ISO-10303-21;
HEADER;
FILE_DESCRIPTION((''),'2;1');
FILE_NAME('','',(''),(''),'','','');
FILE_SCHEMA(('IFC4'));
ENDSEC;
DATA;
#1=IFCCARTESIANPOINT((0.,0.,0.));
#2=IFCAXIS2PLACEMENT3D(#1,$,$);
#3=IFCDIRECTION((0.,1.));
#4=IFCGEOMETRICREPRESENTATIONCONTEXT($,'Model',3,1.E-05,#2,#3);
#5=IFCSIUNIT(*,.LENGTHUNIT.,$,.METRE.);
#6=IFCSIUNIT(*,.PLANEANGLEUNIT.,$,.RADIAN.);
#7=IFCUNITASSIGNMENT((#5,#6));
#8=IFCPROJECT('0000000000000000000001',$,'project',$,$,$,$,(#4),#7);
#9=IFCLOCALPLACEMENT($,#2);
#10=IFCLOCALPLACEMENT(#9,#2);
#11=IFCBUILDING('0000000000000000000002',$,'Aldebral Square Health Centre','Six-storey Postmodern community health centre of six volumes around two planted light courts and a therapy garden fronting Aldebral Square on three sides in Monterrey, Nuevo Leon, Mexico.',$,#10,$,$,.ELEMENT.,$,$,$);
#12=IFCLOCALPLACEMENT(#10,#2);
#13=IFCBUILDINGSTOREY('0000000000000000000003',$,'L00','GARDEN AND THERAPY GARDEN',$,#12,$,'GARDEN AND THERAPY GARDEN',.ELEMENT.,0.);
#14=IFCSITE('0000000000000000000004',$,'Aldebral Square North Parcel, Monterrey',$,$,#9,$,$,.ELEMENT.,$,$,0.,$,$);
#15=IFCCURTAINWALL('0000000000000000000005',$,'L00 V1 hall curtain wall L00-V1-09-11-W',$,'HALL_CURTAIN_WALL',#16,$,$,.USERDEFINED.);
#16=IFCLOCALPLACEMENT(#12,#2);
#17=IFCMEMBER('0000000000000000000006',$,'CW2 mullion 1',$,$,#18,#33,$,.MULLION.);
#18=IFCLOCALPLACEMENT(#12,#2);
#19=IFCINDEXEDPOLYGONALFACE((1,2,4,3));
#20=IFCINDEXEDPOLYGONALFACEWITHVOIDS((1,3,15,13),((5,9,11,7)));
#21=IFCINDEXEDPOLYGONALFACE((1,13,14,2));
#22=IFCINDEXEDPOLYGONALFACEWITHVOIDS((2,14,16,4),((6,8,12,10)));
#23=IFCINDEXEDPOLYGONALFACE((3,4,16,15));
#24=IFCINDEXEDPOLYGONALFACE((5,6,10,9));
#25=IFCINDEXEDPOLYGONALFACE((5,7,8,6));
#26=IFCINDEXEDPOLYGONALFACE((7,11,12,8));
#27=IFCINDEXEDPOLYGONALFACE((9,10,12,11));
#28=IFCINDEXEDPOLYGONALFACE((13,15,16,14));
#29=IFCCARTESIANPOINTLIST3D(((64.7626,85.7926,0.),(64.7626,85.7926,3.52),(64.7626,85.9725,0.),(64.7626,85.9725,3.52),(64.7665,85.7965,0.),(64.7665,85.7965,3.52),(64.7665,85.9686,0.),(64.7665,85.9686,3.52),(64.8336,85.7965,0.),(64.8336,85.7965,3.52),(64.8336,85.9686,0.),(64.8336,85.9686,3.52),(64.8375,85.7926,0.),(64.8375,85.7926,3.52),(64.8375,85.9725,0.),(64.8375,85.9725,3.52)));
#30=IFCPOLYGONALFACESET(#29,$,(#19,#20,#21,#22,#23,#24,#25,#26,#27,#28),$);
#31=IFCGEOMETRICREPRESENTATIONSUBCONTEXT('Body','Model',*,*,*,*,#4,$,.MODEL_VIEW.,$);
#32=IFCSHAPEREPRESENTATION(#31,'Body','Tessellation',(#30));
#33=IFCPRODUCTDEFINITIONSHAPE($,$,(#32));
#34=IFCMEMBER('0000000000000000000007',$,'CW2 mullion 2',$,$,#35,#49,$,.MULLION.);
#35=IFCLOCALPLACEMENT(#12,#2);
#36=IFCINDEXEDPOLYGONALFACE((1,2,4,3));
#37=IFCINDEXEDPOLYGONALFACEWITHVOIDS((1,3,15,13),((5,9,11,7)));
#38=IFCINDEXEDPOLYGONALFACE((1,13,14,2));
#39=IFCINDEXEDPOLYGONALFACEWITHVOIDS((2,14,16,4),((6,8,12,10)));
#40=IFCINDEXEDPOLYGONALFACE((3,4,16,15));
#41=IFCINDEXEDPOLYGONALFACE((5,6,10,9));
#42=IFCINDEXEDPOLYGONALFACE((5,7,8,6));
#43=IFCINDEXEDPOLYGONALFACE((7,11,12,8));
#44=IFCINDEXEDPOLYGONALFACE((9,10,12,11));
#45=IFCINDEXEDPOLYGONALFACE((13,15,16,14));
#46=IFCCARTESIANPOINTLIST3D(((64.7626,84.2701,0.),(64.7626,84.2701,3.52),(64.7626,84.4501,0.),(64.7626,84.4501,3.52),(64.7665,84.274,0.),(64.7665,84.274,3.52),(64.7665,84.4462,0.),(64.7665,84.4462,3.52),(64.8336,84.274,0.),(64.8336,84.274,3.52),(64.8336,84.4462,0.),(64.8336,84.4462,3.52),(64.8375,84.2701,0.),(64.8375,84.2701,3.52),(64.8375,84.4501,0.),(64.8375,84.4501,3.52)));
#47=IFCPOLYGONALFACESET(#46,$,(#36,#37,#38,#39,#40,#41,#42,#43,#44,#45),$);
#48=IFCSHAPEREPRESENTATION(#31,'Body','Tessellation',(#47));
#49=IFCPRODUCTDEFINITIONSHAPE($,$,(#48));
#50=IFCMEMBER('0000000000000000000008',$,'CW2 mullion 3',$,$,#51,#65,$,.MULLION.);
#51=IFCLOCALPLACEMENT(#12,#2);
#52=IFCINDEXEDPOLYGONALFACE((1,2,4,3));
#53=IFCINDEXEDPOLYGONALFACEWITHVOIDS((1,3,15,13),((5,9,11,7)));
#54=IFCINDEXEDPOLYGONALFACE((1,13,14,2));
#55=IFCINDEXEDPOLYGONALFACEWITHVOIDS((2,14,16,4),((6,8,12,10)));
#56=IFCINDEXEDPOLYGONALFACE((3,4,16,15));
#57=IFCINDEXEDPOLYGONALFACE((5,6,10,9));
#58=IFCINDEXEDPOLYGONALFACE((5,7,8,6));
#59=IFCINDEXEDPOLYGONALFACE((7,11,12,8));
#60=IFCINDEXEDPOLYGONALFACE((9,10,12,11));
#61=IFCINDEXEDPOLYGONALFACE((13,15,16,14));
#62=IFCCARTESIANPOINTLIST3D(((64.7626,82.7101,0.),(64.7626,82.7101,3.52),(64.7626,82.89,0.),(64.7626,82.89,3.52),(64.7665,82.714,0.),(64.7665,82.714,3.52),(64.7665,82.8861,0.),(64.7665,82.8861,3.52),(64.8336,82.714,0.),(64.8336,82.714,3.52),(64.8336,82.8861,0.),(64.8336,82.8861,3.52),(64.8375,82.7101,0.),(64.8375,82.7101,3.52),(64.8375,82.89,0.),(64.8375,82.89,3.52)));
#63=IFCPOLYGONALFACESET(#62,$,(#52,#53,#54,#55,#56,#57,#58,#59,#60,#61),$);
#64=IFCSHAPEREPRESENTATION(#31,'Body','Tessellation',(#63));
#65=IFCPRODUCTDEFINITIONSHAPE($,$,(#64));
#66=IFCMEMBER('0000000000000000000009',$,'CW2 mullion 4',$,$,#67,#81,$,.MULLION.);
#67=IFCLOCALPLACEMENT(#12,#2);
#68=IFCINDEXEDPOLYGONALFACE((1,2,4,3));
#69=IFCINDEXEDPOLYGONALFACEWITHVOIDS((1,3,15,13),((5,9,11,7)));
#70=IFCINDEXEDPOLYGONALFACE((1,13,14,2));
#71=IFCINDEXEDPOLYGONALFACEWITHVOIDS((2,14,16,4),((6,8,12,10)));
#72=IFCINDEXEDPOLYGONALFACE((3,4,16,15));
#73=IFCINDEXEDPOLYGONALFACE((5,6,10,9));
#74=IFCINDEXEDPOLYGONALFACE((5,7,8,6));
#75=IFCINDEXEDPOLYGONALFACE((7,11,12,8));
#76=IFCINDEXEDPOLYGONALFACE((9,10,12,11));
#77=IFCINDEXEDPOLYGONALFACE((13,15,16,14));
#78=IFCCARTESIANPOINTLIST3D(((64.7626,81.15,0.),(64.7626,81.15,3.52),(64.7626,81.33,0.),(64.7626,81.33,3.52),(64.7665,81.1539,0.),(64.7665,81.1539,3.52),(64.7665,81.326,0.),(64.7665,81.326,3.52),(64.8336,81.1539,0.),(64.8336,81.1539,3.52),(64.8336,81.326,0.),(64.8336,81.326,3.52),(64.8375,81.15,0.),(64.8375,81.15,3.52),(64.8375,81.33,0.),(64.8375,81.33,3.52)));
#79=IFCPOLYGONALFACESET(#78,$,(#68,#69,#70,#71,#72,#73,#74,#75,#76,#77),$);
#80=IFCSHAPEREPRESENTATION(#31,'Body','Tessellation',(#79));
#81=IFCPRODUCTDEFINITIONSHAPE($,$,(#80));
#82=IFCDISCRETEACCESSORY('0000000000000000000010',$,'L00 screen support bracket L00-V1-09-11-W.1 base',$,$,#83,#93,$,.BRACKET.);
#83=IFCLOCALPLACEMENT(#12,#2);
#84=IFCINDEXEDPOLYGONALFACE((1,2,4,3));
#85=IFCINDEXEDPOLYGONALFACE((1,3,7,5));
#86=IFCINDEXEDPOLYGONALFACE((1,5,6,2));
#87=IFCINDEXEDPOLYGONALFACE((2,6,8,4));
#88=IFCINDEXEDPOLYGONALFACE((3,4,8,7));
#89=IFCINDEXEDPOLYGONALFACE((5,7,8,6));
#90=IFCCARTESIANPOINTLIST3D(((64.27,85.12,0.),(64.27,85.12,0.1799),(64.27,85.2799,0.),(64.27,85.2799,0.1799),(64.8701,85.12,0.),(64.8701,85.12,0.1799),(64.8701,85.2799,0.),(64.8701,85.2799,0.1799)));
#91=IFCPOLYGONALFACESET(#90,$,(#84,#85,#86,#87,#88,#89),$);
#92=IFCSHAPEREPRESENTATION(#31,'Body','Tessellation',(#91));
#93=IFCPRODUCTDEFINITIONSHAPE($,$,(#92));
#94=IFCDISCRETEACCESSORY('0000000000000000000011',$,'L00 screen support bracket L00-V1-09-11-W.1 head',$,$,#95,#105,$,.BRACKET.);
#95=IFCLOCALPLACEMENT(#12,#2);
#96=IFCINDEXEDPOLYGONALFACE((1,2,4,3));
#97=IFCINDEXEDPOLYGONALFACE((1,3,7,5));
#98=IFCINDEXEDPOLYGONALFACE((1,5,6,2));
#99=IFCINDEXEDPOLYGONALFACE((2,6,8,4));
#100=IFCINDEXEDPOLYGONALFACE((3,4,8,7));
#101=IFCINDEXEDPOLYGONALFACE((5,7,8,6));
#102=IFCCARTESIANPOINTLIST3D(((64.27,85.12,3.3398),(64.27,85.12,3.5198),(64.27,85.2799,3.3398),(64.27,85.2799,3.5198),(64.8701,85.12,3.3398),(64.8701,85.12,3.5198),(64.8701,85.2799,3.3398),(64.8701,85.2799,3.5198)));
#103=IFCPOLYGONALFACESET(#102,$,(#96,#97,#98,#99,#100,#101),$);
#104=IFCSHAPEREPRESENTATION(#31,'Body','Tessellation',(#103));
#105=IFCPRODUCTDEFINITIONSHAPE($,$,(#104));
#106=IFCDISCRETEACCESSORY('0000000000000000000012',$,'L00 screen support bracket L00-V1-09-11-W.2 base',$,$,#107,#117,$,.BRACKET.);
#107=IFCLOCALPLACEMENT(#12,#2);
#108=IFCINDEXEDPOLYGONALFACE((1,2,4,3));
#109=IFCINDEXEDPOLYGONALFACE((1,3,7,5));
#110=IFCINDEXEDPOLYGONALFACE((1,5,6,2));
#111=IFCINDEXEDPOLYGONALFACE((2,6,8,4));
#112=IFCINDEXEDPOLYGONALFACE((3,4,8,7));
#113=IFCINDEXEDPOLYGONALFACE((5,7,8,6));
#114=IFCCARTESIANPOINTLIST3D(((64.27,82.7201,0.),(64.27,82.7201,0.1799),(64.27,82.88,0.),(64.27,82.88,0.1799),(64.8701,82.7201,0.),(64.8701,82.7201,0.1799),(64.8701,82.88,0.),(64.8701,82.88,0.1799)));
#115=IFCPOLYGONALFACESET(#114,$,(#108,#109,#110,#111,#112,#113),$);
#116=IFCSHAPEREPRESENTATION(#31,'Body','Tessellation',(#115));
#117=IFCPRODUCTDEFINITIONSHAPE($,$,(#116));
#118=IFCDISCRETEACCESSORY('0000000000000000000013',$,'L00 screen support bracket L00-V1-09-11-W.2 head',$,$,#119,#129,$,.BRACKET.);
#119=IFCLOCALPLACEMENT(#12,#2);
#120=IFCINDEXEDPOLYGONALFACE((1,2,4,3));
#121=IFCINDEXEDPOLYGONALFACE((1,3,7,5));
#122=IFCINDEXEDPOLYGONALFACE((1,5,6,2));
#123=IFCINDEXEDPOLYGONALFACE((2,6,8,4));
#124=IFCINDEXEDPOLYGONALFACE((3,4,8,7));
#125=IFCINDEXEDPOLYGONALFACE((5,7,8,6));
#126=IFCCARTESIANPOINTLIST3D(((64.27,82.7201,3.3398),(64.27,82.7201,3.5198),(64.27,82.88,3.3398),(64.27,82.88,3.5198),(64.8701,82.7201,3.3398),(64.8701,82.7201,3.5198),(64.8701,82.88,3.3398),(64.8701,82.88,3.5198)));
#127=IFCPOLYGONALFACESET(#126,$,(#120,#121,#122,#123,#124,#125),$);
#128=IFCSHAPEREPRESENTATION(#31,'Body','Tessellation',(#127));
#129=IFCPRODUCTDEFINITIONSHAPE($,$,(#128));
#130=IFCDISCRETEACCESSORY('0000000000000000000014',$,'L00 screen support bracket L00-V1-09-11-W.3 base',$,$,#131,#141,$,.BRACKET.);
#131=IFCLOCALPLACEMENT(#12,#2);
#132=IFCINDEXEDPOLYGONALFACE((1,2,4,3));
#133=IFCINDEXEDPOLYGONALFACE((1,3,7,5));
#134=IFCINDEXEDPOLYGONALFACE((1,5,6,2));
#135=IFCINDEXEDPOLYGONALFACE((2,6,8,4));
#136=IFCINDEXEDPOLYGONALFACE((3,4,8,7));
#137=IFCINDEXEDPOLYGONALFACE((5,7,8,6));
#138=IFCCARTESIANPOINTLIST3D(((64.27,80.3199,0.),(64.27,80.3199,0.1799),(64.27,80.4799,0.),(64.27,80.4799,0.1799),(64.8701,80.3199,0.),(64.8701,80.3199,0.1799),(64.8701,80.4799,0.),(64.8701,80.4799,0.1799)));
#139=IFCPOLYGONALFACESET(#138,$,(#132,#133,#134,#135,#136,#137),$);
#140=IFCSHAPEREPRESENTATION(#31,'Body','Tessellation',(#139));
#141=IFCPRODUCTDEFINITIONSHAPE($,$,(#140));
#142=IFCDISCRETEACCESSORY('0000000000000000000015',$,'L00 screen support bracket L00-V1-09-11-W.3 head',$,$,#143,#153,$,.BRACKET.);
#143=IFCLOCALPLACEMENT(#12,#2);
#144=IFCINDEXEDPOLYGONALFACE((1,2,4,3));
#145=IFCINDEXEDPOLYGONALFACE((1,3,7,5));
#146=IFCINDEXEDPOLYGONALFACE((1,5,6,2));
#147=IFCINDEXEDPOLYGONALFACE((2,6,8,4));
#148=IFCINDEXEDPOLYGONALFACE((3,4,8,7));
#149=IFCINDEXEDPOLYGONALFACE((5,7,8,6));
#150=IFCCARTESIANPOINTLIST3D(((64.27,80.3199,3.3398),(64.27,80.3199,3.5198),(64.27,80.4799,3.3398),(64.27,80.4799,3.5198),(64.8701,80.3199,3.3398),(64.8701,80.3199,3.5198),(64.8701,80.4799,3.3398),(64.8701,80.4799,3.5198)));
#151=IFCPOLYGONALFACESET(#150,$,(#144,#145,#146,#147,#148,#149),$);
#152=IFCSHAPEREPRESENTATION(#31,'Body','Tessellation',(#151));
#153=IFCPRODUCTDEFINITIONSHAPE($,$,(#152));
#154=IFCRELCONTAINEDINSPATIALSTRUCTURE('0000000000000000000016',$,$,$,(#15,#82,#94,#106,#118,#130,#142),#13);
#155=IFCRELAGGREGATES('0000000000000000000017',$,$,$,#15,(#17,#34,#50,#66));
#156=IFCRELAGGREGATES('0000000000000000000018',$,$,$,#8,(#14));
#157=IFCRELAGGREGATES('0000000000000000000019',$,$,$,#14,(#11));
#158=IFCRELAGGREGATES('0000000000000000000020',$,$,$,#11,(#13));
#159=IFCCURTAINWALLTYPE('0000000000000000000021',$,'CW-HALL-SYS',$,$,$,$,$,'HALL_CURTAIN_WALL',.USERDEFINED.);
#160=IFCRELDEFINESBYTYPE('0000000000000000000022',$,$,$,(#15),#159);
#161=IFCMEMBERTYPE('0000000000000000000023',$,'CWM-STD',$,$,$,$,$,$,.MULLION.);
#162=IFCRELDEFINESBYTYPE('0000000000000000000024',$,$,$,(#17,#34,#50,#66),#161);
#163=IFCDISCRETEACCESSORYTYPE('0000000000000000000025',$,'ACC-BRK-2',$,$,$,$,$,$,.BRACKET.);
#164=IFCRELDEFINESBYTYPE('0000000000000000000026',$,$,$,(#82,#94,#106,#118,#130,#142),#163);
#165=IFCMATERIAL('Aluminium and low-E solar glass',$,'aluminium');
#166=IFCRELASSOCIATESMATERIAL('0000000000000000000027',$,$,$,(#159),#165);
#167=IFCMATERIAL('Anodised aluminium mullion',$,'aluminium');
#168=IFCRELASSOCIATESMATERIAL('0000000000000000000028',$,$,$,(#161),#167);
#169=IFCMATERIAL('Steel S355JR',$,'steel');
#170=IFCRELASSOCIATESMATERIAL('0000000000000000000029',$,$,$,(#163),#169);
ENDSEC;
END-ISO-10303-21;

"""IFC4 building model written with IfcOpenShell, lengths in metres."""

from ifc_helpers import new_model, si_unit, direction, frame, origin, origin_2d, place, context, subcontext, project, spatial, rectangle, hollow_rectangle, extrude, material, material_profile, profile_set, type_object, element, aggregate, save


model = new_model("IFC4")

# Units and contexts
model_context = context("Model", 3, precision=1e-05, world=origin(), true_north=direction((0.0, 1.0)))
body_context = subcontext(model_context, "Body", "Model", "MODEL_VIEW")
ifc_project = project(units=[si_unit("LENGTHUNIT", "METRE"), si_unit("PLANEANGLEUNIT", "RADIAN")], contexts=[model_context])

# Site, building, storey
site_placement = place(None, origin())
site = spatial("IfcSite", under=ifc_project, at=site_placement, Name="Aldebral Square North Parcel, Monterrey", CompositionType="ELEMENT", RefElevation=0.0)
building_placement = place(site_placement, origin())
building = spatial("IfcBuilding", under=site, at=building_placement, Name="Aldebral Square Health Centre", Description="Six-storey Postmodern community health centre of six volumes around two planted light courts and a therapy garden fronting Aldebral Square on three sides in Monterrey, Nuevo Leon, Mexico.", CompositionType="ELEMENT")
storey_placement = place(building_placement, origin())
storey = spatial("IfcBuildingStorey", under=building, at=storey_placement, Name="L00", Description="GARDEN AND THERAPY GARDEN", LongName="GARDEN AND THERAPY GARDEN", CompositionType="ELEMENT", Elevation=0.0)

# Curtain wall, members
ifc_material_1 = material(Name="Aluminium and low-E solar glass", Category="aluminium")
curtain_wall_type = type_object("IfcCurtainWallType", Name="CW-HALL-SYS", ElementType="HALL_CURTAIN_WALL", PredefinedType="USERDEFINED", material=ifc_material_1)
curtain_wall_placement = place(storey_placement, origin())
curtain_wall = element("IfcCurtainWall", 1, at=curtain_wall_placement, inside=storey, type_object=curtain_wall_type, Name="L00 V1 hall curtain wall L00-V1-09-11-W", ObjectType="HALL_CURTAIN_WALL", PredefinedType="USERDEFINED")
ifc_material_2 = material(Name="Anodised aluminium mullion", Category="aluminium")
ifc_material_profile_1 = material_profile(ifc_material_2, hollow_rectangle(XDim=0.075, YDim=0.1799, WallThickness=0.0039, at=origin_2d()), Name="CWM 75x180x4")
ifc_profile_set_1 = profile_set([ifc_material_profile_1], Name="Anodised aluminium mullion")
member_type = type_object("IfcMemberType", Name="CWM-STD", PredefinedType="MULLION", material=ifc_profile_set_1)
member_1_placement = place(storey_placement, frame((64.8, 85.8826, 0.0), z_axis=(0.0, 0.0, 1.0), x_axis=(1.0, 0.0, 0.0)))
member_1 = element("IfcMember", 2, at=member_1_placement, type_object=member_type, Name="CW2 mullion 1", PredefinedType="MULLION", context=body_context, shape_type="SweptSolid", body=[
    extrude(hollow_rectangle(XDim=0.075, YDim=0.1799, WallThickness=0.0039, at=origin_2d()), origin(), (0.0, 0.0, 1.0), 3.52),
])
member_2_placement = place(storey_placement, frame((64.8, 84.3601, 0.0), z_axis=(0.0, 0.0, 1.0), x_axis=(1.0, 0.0, 0.0)))
member_2 = element("IfcMember", 3, at=member_2_placement, type_object=member_type, Name="CW2 mullion 2", PredefinedType="MULLION", context=body_context, shape_type="SweptSolid", body=[
    extrude(hollow_rectangle(XDim=0.075, YDim=0.1799, WallThickness=0.0039, at=origin_2d()), origin(), (0.0, 0.0, 1.0), 3.52),
])
member_3_placement = place(storey_placement, frame((64.8, 82.8, 0.0), z_axis=(0.0, 0.0, 1.0), x_axis=(1.0, 0.0, 0.0)))
member_3 = element("IfcMember", 4, at=member_3_placement, type_object=member_type, Name="CW2 mullion 3", PredefinedType="MULLION", context=body_context, shape_type="SweptSolid", body=[
    extrude(hollow_rectangle(XDim=0.075, YDim=0.1799, WallThickness=0.0039, at=origin_2d()), origin(), (0.0, 0.0, 1.0), 3.52),
])
member_4_placement = place(storey_placement, frame((64.8, 81.24, 0.0), z_axis=(0.0, 0.0, 1.0), x_axis=(1.0, 0.0, 0.0)))
member_4 = element("IfcMember", 5, at=member_4_placement, type_object=member_type, Name="CW2 mullion 4", PredefinedType="MULLION", context=body_context, shape_type="SweptSolid", body=[
    extrude(hollow_rectangle(XDim=0.075, YDim=0.1799, WallThickness=0.0039, at=origin_2d()), origin(), (0.0, 0.0, 1.0), 3.52),
])
aggregate(curtain_wall, [member_1, member_2, member_3, member_4])

# Discrete accessories
ifc_material_3 = material(Name="Steel S355JR", Category="steel")
discrete_accessory_type = type_object("IfcDiscreteAccessoryType", Name="ACC-BRK-2", PredefinedType="BRACKET", material=ifc_material_3)
for number, where, z_axis, x_axis, name in (
    (6, (64.5701, 85.2, 0.0), (0.0, 0.0, 1.0), (0.0, 1.0, 0.0), "L00 screen support bracket L00-V1-09-11-W.1 base"),
    (7, (64.5701, 85.2, 3.3398), (0.0, 0.0, 1.0), (0.0, 1.0, 0.0), "L00 screen support bracket L00-V1-09-11-W.1 head"),
    (8, (64.5701, 82.8, 0.0), (0.0, 0.0, 1.0), (0.0, 1.0, 0.0), "L00 screen support bracket L00-V1-09-11-W.2 base"),
    (9, (64.5701, 82.8, 3.3398), (0.0, 0.0, 1.0), (0.0, 1.0, 0.0), "L00 screen support bracket L00-V1-09-11-W.2 head"),
    (10, (64.5701, 80.3999, 0.0), (0.0, 0.0, 1.0), (0.0, 1.0, 0.0), "L00 screen support bracket L00-V1-09-11-W.3 base"),
    (11, (64.5701, 80.3999, 3.3398), (0.0, 0.0, 1.0), (0.0, 1.0, 0.0), "L00 screen support bracket L00-V1-09-11-W.3 head"),
):
    element("IfcDiscreteAccessory", number, at=place(storey_placement, frame(where, z_axis=z_axis, x_axis=x_axis)), inside=storey, type_object=discrete_accessory_type, Name=name, PredefinedType="BRACKET", context=body_context, shape_type="SweptSolid", body=[
        extrude(rectangle(XDim=0.1599, YDim=0.6001, at=origin_2d()), origin(), (0.0, 0.0, 1.0), 0.1799),
    ])

save(model, "model.ifc")
